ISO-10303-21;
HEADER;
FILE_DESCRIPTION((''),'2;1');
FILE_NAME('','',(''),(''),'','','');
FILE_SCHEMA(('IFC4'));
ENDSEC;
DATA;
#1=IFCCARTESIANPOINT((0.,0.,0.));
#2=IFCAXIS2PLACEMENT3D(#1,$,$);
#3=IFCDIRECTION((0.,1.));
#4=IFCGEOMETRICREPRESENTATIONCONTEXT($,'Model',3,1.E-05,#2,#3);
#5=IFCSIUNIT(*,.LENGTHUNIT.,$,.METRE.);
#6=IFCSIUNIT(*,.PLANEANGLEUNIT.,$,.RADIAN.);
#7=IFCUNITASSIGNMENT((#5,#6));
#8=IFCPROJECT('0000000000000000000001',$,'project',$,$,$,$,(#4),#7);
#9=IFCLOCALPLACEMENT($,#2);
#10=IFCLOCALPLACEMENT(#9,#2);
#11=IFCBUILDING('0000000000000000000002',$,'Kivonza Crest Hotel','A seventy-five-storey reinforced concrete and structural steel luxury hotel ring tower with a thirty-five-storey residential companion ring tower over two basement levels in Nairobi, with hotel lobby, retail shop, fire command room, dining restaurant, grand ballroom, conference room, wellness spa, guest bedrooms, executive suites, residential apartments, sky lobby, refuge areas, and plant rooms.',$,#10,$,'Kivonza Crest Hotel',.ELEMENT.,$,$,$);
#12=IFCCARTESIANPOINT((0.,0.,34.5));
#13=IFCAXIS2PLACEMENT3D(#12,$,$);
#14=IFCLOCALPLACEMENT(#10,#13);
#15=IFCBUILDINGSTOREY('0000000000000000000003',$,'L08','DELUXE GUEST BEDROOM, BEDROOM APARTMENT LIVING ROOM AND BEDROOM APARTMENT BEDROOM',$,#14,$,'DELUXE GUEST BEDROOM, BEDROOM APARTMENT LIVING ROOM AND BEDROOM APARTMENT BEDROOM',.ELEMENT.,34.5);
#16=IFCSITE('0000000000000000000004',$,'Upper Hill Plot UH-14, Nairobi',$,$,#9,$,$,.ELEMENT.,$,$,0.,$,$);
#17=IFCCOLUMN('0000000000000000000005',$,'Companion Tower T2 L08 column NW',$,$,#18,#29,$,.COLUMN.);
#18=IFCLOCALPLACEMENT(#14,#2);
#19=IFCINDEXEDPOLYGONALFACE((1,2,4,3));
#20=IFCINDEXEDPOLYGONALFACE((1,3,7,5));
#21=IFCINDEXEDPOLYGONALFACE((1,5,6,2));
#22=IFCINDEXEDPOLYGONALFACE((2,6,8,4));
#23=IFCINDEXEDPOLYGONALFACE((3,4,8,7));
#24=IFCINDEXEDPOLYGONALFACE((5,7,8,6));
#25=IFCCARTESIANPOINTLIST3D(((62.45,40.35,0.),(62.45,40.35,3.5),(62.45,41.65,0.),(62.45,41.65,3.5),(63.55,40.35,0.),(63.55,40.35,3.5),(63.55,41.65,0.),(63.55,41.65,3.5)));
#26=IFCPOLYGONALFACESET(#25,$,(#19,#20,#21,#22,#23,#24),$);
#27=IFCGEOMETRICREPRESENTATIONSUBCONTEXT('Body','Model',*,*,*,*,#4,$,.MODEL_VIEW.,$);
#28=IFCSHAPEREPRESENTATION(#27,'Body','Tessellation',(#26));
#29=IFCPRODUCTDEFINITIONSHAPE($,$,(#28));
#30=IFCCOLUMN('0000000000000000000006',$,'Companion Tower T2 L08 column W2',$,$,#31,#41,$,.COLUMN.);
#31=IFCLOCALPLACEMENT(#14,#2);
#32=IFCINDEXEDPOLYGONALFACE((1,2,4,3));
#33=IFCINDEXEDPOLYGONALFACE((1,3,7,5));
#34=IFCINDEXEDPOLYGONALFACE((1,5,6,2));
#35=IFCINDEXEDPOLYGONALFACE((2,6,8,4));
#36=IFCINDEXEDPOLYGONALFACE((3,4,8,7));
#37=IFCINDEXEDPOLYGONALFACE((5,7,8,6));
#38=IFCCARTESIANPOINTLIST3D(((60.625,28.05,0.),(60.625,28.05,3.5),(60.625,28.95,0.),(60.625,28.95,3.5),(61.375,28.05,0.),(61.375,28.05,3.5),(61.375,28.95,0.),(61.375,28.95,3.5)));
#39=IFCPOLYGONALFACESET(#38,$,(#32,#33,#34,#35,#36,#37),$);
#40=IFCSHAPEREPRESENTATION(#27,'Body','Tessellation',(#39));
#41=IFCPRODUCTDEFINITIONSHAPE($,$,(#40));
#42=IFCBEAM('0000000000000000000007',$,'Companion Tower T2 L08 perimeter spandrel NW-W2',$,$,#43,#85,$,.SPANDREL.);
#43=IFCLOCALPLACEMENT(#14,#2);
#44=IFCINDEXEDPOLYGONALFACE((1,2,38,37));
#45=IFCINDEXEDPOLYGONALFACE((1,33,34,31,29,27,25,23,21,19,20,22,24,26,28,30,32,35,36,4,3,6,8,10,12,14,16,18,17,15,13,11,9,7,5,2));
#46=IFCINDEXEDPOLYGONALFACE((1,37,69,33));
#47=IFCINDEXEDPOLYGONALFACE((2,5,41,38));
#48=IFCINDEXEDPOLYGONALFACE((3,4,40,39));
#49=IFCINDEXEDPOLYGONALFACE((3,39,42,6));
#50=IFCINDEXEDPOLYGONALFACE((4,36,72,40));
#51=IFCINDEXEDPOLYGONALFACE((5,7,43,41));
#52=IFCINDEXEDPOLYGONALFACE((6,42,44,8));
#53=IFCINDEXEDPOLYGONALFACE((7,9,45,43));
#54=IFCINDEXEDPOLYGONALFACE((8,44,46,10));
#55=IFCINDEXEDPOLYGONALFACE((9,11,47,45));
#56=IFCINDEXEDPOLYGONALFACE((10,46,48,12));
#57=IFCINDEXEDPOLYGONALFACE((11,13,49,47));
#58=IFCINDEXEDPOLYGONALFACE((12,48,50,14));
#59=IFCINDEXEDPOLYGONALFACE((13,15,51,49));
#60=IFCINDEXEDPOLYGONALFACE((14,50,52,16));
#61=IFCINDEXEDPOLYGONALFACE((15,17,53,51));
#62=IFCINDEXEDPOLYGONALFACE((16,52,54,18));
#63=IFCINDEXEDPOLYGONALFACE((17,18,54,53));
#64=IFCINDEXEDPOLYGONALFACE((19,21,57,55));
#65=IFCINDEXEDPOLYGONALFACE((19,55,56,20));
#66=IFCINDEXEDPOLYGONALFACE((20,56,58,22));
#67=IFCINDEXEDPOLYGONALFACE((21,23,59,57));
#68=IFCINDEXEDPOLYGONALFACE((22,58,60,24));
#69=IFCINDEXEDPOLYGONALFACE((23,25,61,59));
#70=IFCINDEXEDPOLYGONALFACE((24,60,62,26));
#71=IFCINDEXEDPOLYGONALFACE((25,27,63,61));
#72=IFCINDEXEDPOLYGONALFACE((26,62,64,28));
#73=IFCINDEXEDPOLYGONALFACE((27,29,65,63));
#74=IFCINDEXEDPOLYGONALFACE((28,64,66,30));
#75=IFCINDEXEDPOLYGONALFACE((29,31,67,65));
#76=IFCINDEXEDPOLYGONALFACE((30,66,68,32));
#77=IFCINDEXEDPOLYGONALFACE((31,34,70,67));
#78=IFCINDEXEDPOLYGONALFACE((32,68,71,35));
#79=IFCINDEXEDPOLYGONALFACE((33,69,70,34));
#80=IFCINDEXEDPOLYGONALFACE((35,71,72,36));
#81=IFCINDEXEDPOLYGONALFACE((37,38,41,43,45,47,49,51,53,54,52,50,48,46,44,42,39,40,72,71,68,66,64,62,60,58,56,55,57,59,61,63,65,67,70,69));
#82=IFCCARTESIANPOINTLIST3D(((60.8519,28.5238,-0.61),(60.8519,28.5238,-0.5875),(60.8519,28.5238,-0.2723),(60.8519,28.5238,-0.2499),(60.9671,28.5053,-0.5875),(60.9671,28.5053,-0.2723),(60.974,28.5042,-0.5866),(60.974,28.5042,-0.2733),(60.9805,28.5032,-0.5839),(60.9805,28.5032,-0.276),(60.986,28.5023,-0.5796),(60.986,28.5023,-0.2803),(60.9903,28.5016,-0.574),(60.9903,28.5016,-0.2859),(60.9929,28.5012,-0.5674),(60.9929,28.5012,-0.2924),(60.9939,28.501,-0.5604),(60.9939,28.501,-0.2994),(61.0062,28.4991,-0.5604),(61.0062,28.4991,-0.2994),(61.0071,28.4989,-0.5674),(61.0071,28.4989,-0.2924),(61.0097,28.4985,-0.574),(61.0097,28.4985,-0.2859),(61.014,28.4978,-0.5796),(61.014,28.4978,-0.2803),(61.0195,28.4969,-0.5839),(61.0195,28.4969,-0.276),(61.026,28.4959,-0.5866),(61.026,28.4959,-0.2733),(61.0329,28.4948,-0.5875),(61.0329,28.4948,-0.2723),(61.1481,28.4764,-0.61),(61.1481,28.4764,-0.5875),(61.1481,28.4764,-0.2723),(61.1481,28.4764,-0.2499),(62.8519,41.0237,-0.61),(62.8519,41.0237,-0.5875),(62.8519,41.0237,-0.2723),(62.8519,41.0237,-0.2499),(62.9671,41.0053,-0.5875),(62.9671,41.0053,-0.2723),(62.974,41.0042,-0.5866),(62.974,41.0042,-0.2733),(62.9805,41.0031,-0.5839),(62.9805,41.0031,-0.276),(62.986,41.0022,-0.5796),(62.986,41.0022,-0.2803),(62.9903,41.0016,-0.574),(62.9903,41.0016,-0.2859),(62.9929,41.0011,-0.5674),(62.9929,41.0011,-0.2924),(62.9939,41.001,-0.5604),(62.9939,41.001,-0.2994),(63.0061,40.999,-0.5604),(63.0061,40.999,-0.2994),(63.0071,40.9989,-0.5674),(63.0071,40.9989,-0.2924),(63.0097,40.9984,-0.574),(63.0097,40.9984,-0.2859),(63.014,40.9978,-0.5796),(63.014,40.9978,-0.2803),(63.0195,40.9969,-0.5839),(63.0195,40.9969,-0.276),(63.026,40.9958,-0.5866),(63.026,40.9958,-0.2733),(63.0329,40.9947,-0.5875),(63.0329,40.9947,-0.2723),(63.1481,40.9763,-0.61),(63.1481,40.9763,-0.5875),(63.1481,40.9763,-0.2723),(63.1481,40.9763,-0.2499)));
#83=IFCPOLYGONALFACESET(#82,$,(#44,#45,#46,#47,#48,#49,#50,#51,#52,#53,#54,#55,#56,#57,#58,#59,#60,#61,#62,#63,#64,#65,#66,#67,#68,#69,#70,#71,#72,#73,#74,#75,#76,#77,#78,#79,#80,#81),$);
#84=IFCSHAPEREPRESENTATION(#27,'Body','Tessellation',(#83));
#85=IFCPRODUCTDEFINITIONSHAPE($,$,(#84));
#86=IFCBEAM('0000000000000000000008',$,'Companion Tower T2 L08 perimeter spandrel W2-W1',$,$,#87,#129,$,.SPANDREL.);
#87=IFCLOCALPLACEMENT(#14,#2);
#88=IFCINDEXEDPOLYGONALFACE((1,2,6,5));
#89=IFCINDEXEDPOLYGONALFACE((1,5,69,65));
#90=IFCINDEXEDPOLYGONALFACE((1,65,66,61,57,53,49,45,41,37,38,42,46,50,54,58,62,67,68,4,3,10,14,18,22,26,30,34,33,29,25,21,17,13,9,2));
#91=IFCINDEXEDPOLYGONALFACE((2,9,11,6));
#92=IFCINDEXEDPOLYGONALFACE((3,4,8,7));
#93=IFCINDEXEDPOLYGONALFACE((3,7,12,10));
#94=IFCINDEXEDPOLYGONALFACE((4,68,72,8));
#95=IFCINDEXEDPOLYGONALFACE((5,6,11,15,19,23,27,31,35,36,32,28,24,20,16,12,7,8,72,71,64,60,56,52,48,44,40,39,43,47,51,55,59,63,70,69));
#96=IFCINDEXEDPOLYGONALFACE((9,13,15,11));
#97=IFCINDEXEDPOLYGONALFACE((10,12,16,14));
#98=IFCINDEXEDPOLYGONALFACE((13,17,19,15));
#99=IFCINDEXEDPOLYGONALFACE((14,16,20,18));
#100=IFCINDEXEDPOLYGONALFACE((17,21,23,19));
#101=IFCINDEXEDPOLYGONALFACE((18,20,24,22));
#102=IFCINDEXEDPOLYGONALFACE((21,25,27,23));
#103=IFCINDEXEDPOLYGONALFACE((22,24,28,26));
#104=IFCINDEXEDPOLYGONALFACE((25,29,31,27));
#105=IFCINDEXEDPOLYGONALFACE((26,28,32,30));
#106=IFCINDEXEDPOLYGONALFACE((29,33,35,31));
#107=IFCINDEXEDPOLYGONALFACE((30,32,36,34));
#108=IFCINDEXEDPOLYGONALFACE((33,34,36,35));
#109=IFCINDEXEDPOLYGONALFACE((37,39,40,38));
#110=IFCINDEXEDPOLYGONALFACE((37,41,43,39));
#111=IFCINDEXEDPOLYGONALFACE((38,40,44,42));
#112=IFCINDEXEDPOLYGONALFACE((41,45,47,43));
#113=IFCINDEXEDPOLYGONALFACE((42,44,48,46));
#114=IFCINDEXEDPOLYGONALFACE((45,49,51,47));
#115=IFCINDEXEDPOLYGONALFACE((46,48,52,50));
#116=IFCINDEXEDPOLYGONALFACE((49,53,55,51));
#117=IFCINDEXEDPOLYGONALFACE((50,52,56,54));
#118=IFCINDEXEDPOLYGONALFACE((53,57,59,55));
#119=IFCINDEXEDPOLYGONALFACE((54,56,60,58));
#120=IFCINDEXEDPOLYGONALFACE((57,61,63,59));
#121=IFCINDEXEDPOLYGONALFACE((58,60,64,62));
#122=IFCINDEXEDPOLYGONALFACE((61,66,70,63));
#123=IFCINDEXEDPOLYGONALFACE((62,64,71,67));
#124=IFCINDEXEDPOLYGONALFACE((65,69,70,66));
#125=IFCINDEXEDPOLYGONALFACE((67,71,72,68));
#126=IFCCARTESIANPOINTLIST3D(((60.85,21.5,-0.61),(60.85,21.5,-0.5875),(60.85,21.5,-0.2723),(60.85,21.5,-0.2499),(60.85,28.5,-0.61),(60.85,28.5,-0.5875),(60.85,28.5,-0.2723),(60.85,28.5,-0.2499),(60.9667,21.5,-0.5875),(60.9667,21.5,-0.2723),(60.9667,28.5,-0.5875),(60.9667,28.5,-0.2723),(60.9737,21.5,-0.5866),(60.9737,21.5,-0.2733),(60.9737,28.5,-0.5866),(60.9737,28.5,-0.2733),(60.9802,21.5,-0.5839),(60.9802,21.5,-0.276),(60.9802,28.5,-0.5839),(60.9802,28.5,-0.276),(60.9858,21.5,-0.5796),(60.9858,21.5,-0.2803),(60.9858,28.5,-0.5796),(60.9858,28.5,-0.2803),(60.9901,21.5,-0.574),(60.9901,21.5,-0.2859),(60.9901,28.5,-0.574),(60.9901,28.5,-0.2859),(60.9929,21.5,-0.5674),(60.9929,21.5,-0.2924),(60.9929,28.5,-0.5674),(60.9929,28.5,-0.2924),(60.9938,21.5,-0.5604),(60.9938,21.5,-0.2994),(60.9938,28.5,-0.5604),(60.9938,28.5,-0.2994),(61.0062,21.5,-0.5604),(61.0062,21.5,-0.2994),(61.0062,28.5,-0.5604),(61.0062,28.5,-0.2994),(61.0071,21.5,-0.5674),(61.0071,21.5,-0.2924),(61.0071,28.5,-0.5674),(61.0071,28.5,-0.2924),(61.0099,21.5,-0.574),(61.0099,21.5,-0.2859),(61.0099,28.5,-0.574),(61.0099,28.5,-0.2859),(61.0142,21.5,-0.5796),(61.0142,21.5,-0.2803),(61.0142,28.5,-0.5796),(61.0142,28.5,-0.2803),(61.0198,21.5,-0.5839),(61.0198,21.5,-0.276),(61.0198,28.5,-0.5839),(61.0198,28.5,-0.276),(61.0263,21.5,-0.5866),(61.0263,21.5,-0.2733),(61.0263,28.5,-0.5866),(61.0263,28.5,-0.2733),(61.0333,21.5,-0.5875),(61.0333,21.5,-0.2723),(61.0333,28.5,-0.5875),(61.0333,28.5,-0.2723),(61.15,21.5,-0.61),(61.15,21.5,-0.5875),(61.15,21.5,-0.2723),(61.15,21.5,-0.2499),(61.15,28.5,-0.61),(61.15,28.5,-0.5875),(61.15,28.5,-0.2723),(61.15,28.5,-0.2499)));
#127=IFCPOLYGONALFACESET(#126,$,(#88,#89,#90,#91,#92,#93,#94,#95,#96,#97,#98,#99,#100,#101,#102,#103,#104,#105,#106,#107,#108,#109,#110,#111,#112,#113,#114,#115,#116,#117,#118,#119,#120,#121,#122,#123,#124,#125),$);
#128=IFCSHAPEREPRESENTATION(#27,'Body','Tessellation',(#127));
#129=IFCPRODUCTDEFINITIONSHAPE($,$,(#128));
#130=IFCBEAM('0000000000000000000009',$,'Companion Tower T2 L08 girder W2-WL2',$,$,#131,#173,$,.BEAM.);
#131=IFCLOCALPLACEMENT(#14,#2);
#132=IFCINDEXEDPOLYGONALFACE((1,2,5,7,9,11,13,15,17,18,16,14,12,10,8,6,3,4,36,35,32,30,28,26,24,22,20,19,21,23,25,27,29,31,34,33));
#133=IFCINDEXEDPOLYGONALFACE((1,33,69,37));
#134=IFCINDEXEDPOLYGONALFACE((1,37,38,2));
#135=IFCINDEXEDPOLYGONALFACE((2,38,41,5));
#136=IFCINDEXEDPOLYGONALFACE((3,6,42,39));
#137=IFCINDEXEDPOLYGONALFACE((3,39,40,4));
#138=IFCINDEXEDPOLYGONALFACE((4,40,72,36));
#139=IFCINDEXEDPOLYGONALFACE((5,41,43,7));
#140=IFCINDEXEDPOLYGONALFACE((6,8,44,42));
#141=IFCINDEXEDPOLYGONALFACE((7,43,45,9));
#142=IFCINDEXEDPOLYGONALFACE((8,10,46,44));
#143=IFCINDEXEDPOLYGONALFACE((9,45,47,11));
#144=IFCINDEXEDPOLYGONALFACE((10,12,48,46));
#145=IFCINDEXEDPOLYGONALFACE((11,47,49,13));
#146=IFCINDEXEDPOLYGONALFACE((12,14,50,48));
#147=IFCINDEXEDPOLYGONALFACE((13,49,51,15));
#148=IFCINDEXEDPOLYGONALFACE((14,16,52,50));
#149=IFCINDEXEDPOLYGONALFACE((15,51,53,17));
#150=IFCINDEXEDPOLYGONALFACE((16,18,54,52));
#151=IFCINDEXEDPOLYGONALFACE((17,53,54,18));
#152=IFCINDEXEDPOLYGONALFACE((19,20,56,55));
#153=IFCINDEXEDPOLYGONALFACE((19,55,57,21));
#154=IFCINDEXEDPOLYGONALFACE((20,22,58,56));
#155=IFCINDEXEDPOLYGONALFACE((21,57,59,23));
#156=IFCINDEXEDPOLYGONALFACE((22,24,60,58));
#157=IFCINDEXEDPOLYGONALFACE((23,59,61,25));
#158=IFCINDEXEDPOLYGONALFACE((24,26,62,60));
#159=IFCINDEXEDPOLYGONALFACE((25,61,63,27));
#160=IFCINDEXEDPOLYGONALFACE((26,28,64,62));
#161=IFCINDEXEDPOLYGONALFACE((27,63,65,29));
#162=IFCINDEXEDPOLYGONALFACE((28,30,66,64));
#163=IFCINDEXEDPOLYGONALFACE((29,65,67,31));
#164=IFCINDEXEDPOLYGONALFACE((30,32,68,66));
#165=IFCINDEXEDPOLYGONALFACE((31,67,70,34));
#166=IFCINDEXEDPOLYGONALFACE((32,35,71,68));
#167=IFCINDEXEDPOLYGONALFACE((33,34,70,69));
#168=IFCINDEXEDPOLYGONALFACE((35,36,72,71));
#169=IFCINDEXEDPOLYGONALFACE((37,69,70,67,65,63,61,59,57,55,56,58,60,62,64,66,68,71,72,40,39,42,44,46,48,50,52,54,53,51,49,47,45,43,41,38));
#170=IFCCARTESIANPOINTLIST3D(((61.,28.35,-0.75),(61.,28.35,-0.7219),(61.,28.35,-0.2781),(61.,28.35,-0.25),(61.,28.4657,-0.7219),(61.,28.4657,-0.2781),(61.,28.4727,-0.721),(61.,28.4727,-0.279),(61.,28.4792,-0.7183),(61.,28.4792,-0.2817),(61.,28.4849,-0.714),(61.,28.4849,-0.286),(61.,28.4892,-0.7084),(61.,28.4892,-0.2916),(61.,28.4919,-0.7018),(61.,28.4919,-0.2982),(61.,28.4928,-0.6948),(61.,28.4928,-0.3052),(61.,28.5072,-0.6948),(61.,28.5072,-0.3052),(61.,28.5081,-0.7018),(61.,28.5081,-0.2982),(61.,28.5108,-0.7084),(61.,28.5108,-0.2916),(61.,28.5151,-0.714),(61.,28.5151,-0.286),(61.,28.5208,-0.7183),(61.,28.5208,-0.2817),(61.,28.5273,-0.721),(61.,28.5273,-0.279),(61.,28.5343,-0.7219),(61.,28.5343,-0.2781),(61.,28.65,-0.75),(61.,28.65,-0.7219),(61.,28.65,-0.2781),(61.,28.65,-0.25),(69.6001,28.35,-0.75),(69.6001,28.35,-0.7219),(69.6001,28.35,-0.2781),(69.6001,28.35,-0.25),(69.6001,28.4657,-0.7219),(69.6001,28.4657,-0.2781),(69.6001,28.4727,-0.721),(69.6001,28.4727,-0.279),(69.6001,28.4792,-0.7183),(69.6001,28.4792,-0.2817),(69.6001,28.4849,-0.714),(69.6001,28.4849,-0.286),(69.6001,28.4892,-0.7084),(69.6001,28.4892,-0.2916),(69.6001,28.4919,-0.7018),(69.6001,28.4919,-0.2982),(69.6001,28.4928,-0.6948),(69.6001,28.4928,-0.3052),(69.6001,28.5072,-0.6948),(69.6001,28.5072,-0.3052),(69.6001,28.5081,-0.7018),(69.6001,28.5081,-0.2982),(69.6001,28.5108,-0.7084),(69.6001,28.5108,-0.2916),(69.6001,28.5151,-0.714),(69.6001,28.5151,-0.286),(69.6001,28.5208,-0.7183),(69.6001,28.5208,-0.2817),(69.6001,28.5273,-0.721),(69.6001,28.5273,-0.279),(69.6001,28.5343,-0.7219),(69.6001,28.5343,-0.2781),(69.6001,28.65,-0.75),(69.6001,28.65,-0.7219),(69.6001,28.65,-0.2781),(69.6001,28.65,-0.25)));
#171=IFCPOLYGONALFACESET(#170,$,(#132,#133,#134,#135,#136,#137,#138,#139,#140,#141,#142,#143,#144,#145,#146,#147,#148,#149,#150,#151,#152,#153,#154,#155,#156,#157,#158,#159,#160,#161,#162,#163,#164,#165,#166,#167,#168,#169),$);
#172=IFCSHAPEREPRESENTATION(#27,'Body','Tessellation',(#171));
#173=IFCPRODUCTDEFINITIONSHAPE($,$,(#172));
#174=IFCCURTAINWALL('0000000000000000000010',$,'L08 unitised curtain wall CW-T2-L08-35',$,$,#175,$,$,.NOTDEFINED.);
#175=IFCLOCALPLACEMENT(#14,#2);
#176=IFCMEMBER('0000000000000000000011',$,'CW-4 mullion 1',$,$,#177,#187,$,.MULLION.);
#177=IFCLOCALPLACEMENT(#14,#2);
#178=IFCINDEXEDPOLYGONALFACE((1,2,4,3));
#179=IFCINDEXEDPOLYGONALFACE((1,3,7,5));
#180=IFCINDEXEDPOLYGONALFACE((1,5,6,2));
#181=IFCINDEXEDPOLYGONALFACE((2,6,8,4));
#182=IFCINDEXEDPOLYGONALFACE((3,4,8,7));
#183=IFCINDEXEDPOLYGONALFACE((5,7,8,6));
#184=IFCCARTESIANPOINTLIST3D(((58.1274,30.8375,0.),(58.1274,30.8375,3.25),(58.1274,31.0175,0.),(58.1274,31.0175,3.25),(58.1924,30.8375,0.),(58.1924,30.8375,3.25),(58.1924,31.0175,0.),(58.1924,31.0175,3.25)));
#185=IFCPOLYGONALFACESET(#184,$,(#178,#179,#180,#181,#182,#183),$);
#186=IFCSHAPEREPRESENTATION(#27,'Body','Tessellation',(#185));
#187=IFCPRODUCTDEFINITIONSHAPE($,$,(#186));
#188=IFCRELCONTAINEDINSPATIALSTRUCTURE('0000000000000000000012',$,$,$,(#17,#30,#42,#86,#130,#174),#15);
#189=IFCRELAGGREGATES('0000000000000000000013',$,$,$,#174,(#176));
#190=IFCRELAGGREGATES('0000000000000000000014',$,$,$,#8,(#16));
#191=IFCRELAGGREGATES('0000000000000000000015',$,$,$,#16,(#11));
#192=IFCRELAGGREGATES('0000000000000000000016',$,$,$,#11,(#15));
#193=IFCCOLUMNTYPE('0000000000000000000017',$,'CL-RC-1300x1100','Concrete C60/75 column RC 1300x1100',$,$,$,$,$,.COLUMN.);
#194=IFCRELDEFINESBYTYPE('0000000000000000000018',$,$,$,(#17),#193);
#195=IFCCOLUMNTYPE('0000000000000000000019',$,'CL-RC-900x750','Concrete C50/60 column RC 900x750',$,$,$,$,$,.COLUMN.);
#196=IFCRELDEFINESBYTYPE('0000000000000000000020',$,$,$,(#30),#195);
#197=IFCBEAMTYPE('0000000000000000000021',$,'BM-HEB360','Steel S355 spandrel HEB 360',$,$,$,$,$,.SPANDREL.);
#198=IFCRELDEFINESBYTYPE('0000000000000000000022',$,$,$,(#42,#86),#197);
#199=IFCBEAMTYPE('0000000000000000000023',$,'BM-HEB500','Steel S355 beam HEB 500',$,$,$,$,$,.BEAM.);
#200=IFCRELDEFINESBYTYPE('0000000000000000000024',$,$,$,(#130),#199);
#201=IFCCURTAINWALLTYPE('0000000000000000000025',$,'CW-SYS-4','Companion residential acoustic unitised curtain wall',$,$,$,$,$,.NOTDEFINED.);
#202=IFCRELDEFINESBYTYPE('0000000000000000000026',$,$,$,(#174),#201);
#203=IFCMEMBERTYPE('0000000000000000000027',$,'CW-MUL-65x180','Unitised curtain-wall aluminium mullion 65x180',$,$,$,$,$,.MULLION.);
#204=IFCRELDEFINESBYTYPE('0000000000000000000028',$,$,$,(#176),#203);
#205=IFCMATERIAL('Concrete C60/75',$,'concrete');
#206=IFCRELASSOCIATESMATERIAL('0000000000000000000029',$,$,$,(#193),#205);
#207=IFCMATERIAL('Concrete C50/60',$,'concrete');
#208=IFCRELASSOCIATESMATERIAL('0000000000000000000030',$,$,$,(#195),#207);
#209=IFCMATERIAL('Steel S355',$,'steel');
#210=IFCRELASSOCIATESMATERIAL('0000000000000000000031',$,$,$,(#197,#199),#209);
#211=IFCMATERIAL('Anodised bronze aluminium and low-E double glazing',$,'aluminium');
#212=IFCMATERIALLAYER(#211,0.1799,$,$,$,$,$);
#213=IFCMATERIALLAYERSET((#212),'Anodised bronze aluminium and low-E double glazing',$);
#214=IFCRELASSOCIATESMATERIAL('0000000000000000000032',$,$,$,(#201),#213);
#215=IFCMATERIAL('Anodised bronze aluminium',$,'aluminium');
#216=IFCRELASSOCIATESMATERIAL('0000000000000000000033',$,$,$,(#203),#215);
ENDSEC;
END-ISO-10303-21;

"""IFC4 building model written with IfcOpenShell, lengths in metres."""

from ifc_helpers import new_model, si_unit, direction, frame, origin, origin_2d, place, context, subcontext, project, spatial, rectangle, i_section, extrude, material, layer, layer_set, material_profile, profile_set, type_object, element, aggregate, save


model = new_model("IFC4")

# Units and contexts
model_context = context("Model", 3, precision=1e-05, world=origin(), true_north=direction((0.0, 1.0)))
body_context = subcontext(model_context, "Body", "Model", "MODEL_VIEW")
ifc_project = project(units=[si_unit("LENGTHUNIT", "METRE"), si_unit("PLANEANGLEUNIT", "RADIAN")], contexts=[model_context])

# Site, building, storey
site_placement = place(None, origin())
site = spatial("IfcSite", under=ifc_project, at=site_placement, Name="Upper Hill Plot UH-14, Nairobi", CompositionType="ELEMENT", RefElevation=0.0)
building_placement = place(site_placement, origin())
building = spatial("IfcBuilding", under=site, at=building_placement, Name="Kivonza Crest Hotel", Description="A seventy-five-storey reinforced concrete and structural steel luxury hotel ring tower with a thirty-five-storey residential companion ring tower over two basement levels in Nairobi, with hotel lobby, retail shop, fire command room, dining restaurant, grand ballroom, conference room, wellness spa, guest bedrooms, executive suites, residential apartments, sky lobby, refuge areas, and plant rooms.", LongName="Kivonza Crest Hotel", CompositionType="ELEMENT")
storey_placement = place(building_placement, frame((0.0, 0.0, 34.5)))
storey = spatial("IfcBuildingStorey", under=building, at=storey_placement, Name="L08", Description="DELUXE GUEST BEDROOM, BEDROOM APARTMENT LIVING ROOM AND BEDROOM APARTMENT BEDROOM", LongName="DELUXE GUEST BEDROOM, BEDROOM APARTMENT LIVING ROOM AND BEDROOM APARTMENT BEDROOM", CompositionType="ELEMENT", Elevation=34.5)

# Columns
ifc_material_1 = material(Name="Concrete C60/75", Category="concrete")
ifc_material_profile_1 = material_profile(ifc_material_1, rectangle(XDim=1.1001, YDim=1.3, at=origin_2d()), Name="RC 1300x1100")
ifc_profile_set_1 = profile_set([ifc_material_profile_1], Name="Concrete C60/75")
column_type_1 = type_object("IfcColumnType", Name="CL-RC-1300x1100", Description="Concrete C60/75 column RC 1300x1100", PredefinedType="COLUMN", material=ifc_profile_set_1)
column_1_placement = place(storey_placement, frame((63.0, 41.0, 0.0), z_axis=(0.0, 0.0, 1.0), x_axis=(1.0, 0.0, 0.0)))
element("IfcColumn", 1, at=column_1_placement, inside=storey, type_object=column_type_1, Name="Companion Tower T2 L08 column NW", PredefinedType="COLUMN", context=body_context, shape_type="SweptSolid", body=[
    extrude(rectangle(XDim=1.1001, YDim=1.3, at=origin_2d()), origin(), (0.0, 0.0, 1.0), 3.5),
])
ifc_material_2 = material(Name="Concrete C50/60", Category="concrete")
ifc_material_profile_2 = material_profile(ifc_material_2, rectangle(XDim=0.75, YDim=0.8999, at=origin_2d()), Name="RC 900x750")
ifc_profile_set_2 = profile_set([ifc_material_profile_2], Name="Concrete C50/60")
column_type_2 = type_object("IfcColumnType", Name="CL-RC-900x750", Description="Concrete C50/60 column RC 900x750", PredefinedType="COLUMN", material=ifc_profile_set_2)
column_2_placement = place(storey_placement, frame((61.0, 28.5, 0.0), z_axis=(0.0, 0.0, 1.0), x_axis=(1.0, 0.0, 0.0)))
element("IfcColumn", 2, at=column_2_placement, inside=storey, type_object=column_type_2, Name="Companion Tower T2 L08 column W2", PredefinedType="COLUMN", context=body_context, shape_type="SweptSolid", body=[
    extrude(rectangle(XDim=0.75, YDim=0.8999, at=origin_2d()), origin(), (0.0, 0.0, 1.0), 3.5),
])

# Beams
ifc_material_3 = material(Name="Steel S355", Category="steel")
ifc_material_profile_3 = material_profile(ifc_material_3, i_section(OverallWidth=0.3, OverallDepth=0.3601, WebThickness=0.0125, FlangeThickness=0.0225, FilletRadius=0.0271, at=origin_2d()), Name="HEB 360")
ifc_profile_set_3 = profile_set([ifc_material_profile_3], Name="Steel S355")
beam_type_1 = type_object("IfcBeamType", Name="BM-HEB360", Description="Steel S355 spandrel HEB 360", PredefinedType="SPANDREL", material=ifc_profile_set_3)
beam_1_placement = place(storey_placement, frame((63.0, 41.0, -0.4299), z_axis=(-0.157991, -0.987441, 0.0), x_axis=(0.987441, -0.157991, 0.0)))
element("IfcBeam", 3, at=beam_1_placement, inside=storey, type_object=beam_type_1, Name="Companion Tower T2 L08 perimeter spandrel NW-W2", PredefinedType="SPANDREL", context=body_context, shape_type="SweptSolid", body=[
    extrude(i_section(OverallWidth=0.3, OverallDepth=0.3601, WebThickness=0.0125, FlangeThickness=0.0225, FilletRadius=0.0271, at=origin_2d()), origin(), (0.0, 0.0, 1.0), 12.6589),
])
beam_2_placement = place(storey_placement, frame((61.0, 28.5, -0.4299), z_axis=(0.0, -1.0, 0.0), x_axis=(1.0, 0.0, 0.0)))
element("IfcBeam", 4, at=beam_2_placement, inside=storey, type_object=beam_type_1, Name="Companion Tower T2 L08 perimeter spandrel W2-W1", PredefinedType="SPANDREL", context=body_context, shape_type="SweptSolid", body=[
    extrude(i_section(OverallWidth=0.3, OverallDepth=0.3601, WebThickness=0.0125, FlangeThickness=0.0225, FilletRadius=0.0271, at=origin_2d()), origin(), (0.0, 0.0, 1.0), 7.0),
])
ifc_material_profile_4 = material_profile(ifc_material_3, i_section(OverallWidth=0.3, OverallDepth=0.5, WebThickness=0.0144, FlangeThickness=0.0281, FilletRadius=0.0271, at=origin_2d()), Name="HEB 500")
ifc_profile_set_4 = profile_set([ifc_material_profile_4], Name="Steel S355")
beam_type_2 = type_object("IfcBeamType", Name="BM-HEB500", Description="Steel S355 beam HEB 500", PredefinedType="BEAM", material=ifc_profile_set_4)
beam_3_placement = place(storey_placement, frame((61.0, 28.5, -0.5), z_axis=(1.0, 0.0, 0.0), x_axis=(0.0, 1.0, 0.0)))
element("IfcBeam", 5, at=beam_3_placement, inside=storey, type_object=beam_type_2, Name="Companion Tower T2 L08 girder W2-WL2", PredefinedType="BEAM", context=body_context, shape_type="SweptSolid", body=[
    extrude(i_section(OverallWidth=0.3, OverallDepth=0.5, WebThickness=0.0144, FlangeThickness=0.0281, FilletRadius=0.0271, at=origin_2d()), origin(), (0.0, 0.0, 1.0), 8.6001),
])

# Curtain wall, member
ifc_material_4 = material(Name="Anodised bronze aluminium and low-E double glazing", Category="aluminium")
ifc_layer_1 = layer(ifc_material_4, 0.1799)
ifc_layer_set_1 = layer_set([ifc_layer_1], Name="Anodised bronze aluminium and low-E double glazing")
curtain_wall_type = type_object("IfcCurtainWallType", Name="CW-SYS-4", Description="Companion residential acoustic unitised curtain wall", PredefinedType="NOTDEFINED", material=ifc_layer_set_1)
curtain_wall_placement = place(storey_placement, origin())
curtain_wall = element("IfcCurtainWall", 6, at=curtain_wall_placement, inside=storey, type_object=curtain_wall_type, Name="L08 unitised curtain wall CW-T2-L08-35", PredefinedType="NOTDEFINED")
ifc_material_5 = material(Name="Anodised bronze aluminium", Category="aluminium")
ifc_material_profile_5 = material_profile(ifc_material_5, rectangle(XDim=0.0649, YDim=0.1799, at=origin_2d()), Name="CW-M 65x180")
ifc_profile_set_5 = profile_set([ifc_material_profile_5], Name="Anodised bronze aluminium")
member_type = type_object("IfcMemberType", Name="CW-MUL-65x180", Description="Unitised curtain-wall aluminium mullion 65x180", PredefinedType="MULLION", material=ifc_profile_set_5)
member_placement = place(storey_placement, frame((58.1599, 30.9275, 0.0), z_axis=(0.0, 0.0, 1.0), x_axis=(1.0, 0.0, 0.0)))
member = element("IfcMember", 7, at=member_placement, type_object=member_type, Name="CW-4 mullion 1", PredefinedType="MULLION", context=body_context, shape_type="SweptSolid", body=[
    extrude(rectangle(XDim=0.0649, YDim=0.1799, at=origin_2d()), origin(), (0.0, 0.0, 1.0), 3.25),
])
aggregate(curtain_wall, [member])

save(model, "model.ifc")
